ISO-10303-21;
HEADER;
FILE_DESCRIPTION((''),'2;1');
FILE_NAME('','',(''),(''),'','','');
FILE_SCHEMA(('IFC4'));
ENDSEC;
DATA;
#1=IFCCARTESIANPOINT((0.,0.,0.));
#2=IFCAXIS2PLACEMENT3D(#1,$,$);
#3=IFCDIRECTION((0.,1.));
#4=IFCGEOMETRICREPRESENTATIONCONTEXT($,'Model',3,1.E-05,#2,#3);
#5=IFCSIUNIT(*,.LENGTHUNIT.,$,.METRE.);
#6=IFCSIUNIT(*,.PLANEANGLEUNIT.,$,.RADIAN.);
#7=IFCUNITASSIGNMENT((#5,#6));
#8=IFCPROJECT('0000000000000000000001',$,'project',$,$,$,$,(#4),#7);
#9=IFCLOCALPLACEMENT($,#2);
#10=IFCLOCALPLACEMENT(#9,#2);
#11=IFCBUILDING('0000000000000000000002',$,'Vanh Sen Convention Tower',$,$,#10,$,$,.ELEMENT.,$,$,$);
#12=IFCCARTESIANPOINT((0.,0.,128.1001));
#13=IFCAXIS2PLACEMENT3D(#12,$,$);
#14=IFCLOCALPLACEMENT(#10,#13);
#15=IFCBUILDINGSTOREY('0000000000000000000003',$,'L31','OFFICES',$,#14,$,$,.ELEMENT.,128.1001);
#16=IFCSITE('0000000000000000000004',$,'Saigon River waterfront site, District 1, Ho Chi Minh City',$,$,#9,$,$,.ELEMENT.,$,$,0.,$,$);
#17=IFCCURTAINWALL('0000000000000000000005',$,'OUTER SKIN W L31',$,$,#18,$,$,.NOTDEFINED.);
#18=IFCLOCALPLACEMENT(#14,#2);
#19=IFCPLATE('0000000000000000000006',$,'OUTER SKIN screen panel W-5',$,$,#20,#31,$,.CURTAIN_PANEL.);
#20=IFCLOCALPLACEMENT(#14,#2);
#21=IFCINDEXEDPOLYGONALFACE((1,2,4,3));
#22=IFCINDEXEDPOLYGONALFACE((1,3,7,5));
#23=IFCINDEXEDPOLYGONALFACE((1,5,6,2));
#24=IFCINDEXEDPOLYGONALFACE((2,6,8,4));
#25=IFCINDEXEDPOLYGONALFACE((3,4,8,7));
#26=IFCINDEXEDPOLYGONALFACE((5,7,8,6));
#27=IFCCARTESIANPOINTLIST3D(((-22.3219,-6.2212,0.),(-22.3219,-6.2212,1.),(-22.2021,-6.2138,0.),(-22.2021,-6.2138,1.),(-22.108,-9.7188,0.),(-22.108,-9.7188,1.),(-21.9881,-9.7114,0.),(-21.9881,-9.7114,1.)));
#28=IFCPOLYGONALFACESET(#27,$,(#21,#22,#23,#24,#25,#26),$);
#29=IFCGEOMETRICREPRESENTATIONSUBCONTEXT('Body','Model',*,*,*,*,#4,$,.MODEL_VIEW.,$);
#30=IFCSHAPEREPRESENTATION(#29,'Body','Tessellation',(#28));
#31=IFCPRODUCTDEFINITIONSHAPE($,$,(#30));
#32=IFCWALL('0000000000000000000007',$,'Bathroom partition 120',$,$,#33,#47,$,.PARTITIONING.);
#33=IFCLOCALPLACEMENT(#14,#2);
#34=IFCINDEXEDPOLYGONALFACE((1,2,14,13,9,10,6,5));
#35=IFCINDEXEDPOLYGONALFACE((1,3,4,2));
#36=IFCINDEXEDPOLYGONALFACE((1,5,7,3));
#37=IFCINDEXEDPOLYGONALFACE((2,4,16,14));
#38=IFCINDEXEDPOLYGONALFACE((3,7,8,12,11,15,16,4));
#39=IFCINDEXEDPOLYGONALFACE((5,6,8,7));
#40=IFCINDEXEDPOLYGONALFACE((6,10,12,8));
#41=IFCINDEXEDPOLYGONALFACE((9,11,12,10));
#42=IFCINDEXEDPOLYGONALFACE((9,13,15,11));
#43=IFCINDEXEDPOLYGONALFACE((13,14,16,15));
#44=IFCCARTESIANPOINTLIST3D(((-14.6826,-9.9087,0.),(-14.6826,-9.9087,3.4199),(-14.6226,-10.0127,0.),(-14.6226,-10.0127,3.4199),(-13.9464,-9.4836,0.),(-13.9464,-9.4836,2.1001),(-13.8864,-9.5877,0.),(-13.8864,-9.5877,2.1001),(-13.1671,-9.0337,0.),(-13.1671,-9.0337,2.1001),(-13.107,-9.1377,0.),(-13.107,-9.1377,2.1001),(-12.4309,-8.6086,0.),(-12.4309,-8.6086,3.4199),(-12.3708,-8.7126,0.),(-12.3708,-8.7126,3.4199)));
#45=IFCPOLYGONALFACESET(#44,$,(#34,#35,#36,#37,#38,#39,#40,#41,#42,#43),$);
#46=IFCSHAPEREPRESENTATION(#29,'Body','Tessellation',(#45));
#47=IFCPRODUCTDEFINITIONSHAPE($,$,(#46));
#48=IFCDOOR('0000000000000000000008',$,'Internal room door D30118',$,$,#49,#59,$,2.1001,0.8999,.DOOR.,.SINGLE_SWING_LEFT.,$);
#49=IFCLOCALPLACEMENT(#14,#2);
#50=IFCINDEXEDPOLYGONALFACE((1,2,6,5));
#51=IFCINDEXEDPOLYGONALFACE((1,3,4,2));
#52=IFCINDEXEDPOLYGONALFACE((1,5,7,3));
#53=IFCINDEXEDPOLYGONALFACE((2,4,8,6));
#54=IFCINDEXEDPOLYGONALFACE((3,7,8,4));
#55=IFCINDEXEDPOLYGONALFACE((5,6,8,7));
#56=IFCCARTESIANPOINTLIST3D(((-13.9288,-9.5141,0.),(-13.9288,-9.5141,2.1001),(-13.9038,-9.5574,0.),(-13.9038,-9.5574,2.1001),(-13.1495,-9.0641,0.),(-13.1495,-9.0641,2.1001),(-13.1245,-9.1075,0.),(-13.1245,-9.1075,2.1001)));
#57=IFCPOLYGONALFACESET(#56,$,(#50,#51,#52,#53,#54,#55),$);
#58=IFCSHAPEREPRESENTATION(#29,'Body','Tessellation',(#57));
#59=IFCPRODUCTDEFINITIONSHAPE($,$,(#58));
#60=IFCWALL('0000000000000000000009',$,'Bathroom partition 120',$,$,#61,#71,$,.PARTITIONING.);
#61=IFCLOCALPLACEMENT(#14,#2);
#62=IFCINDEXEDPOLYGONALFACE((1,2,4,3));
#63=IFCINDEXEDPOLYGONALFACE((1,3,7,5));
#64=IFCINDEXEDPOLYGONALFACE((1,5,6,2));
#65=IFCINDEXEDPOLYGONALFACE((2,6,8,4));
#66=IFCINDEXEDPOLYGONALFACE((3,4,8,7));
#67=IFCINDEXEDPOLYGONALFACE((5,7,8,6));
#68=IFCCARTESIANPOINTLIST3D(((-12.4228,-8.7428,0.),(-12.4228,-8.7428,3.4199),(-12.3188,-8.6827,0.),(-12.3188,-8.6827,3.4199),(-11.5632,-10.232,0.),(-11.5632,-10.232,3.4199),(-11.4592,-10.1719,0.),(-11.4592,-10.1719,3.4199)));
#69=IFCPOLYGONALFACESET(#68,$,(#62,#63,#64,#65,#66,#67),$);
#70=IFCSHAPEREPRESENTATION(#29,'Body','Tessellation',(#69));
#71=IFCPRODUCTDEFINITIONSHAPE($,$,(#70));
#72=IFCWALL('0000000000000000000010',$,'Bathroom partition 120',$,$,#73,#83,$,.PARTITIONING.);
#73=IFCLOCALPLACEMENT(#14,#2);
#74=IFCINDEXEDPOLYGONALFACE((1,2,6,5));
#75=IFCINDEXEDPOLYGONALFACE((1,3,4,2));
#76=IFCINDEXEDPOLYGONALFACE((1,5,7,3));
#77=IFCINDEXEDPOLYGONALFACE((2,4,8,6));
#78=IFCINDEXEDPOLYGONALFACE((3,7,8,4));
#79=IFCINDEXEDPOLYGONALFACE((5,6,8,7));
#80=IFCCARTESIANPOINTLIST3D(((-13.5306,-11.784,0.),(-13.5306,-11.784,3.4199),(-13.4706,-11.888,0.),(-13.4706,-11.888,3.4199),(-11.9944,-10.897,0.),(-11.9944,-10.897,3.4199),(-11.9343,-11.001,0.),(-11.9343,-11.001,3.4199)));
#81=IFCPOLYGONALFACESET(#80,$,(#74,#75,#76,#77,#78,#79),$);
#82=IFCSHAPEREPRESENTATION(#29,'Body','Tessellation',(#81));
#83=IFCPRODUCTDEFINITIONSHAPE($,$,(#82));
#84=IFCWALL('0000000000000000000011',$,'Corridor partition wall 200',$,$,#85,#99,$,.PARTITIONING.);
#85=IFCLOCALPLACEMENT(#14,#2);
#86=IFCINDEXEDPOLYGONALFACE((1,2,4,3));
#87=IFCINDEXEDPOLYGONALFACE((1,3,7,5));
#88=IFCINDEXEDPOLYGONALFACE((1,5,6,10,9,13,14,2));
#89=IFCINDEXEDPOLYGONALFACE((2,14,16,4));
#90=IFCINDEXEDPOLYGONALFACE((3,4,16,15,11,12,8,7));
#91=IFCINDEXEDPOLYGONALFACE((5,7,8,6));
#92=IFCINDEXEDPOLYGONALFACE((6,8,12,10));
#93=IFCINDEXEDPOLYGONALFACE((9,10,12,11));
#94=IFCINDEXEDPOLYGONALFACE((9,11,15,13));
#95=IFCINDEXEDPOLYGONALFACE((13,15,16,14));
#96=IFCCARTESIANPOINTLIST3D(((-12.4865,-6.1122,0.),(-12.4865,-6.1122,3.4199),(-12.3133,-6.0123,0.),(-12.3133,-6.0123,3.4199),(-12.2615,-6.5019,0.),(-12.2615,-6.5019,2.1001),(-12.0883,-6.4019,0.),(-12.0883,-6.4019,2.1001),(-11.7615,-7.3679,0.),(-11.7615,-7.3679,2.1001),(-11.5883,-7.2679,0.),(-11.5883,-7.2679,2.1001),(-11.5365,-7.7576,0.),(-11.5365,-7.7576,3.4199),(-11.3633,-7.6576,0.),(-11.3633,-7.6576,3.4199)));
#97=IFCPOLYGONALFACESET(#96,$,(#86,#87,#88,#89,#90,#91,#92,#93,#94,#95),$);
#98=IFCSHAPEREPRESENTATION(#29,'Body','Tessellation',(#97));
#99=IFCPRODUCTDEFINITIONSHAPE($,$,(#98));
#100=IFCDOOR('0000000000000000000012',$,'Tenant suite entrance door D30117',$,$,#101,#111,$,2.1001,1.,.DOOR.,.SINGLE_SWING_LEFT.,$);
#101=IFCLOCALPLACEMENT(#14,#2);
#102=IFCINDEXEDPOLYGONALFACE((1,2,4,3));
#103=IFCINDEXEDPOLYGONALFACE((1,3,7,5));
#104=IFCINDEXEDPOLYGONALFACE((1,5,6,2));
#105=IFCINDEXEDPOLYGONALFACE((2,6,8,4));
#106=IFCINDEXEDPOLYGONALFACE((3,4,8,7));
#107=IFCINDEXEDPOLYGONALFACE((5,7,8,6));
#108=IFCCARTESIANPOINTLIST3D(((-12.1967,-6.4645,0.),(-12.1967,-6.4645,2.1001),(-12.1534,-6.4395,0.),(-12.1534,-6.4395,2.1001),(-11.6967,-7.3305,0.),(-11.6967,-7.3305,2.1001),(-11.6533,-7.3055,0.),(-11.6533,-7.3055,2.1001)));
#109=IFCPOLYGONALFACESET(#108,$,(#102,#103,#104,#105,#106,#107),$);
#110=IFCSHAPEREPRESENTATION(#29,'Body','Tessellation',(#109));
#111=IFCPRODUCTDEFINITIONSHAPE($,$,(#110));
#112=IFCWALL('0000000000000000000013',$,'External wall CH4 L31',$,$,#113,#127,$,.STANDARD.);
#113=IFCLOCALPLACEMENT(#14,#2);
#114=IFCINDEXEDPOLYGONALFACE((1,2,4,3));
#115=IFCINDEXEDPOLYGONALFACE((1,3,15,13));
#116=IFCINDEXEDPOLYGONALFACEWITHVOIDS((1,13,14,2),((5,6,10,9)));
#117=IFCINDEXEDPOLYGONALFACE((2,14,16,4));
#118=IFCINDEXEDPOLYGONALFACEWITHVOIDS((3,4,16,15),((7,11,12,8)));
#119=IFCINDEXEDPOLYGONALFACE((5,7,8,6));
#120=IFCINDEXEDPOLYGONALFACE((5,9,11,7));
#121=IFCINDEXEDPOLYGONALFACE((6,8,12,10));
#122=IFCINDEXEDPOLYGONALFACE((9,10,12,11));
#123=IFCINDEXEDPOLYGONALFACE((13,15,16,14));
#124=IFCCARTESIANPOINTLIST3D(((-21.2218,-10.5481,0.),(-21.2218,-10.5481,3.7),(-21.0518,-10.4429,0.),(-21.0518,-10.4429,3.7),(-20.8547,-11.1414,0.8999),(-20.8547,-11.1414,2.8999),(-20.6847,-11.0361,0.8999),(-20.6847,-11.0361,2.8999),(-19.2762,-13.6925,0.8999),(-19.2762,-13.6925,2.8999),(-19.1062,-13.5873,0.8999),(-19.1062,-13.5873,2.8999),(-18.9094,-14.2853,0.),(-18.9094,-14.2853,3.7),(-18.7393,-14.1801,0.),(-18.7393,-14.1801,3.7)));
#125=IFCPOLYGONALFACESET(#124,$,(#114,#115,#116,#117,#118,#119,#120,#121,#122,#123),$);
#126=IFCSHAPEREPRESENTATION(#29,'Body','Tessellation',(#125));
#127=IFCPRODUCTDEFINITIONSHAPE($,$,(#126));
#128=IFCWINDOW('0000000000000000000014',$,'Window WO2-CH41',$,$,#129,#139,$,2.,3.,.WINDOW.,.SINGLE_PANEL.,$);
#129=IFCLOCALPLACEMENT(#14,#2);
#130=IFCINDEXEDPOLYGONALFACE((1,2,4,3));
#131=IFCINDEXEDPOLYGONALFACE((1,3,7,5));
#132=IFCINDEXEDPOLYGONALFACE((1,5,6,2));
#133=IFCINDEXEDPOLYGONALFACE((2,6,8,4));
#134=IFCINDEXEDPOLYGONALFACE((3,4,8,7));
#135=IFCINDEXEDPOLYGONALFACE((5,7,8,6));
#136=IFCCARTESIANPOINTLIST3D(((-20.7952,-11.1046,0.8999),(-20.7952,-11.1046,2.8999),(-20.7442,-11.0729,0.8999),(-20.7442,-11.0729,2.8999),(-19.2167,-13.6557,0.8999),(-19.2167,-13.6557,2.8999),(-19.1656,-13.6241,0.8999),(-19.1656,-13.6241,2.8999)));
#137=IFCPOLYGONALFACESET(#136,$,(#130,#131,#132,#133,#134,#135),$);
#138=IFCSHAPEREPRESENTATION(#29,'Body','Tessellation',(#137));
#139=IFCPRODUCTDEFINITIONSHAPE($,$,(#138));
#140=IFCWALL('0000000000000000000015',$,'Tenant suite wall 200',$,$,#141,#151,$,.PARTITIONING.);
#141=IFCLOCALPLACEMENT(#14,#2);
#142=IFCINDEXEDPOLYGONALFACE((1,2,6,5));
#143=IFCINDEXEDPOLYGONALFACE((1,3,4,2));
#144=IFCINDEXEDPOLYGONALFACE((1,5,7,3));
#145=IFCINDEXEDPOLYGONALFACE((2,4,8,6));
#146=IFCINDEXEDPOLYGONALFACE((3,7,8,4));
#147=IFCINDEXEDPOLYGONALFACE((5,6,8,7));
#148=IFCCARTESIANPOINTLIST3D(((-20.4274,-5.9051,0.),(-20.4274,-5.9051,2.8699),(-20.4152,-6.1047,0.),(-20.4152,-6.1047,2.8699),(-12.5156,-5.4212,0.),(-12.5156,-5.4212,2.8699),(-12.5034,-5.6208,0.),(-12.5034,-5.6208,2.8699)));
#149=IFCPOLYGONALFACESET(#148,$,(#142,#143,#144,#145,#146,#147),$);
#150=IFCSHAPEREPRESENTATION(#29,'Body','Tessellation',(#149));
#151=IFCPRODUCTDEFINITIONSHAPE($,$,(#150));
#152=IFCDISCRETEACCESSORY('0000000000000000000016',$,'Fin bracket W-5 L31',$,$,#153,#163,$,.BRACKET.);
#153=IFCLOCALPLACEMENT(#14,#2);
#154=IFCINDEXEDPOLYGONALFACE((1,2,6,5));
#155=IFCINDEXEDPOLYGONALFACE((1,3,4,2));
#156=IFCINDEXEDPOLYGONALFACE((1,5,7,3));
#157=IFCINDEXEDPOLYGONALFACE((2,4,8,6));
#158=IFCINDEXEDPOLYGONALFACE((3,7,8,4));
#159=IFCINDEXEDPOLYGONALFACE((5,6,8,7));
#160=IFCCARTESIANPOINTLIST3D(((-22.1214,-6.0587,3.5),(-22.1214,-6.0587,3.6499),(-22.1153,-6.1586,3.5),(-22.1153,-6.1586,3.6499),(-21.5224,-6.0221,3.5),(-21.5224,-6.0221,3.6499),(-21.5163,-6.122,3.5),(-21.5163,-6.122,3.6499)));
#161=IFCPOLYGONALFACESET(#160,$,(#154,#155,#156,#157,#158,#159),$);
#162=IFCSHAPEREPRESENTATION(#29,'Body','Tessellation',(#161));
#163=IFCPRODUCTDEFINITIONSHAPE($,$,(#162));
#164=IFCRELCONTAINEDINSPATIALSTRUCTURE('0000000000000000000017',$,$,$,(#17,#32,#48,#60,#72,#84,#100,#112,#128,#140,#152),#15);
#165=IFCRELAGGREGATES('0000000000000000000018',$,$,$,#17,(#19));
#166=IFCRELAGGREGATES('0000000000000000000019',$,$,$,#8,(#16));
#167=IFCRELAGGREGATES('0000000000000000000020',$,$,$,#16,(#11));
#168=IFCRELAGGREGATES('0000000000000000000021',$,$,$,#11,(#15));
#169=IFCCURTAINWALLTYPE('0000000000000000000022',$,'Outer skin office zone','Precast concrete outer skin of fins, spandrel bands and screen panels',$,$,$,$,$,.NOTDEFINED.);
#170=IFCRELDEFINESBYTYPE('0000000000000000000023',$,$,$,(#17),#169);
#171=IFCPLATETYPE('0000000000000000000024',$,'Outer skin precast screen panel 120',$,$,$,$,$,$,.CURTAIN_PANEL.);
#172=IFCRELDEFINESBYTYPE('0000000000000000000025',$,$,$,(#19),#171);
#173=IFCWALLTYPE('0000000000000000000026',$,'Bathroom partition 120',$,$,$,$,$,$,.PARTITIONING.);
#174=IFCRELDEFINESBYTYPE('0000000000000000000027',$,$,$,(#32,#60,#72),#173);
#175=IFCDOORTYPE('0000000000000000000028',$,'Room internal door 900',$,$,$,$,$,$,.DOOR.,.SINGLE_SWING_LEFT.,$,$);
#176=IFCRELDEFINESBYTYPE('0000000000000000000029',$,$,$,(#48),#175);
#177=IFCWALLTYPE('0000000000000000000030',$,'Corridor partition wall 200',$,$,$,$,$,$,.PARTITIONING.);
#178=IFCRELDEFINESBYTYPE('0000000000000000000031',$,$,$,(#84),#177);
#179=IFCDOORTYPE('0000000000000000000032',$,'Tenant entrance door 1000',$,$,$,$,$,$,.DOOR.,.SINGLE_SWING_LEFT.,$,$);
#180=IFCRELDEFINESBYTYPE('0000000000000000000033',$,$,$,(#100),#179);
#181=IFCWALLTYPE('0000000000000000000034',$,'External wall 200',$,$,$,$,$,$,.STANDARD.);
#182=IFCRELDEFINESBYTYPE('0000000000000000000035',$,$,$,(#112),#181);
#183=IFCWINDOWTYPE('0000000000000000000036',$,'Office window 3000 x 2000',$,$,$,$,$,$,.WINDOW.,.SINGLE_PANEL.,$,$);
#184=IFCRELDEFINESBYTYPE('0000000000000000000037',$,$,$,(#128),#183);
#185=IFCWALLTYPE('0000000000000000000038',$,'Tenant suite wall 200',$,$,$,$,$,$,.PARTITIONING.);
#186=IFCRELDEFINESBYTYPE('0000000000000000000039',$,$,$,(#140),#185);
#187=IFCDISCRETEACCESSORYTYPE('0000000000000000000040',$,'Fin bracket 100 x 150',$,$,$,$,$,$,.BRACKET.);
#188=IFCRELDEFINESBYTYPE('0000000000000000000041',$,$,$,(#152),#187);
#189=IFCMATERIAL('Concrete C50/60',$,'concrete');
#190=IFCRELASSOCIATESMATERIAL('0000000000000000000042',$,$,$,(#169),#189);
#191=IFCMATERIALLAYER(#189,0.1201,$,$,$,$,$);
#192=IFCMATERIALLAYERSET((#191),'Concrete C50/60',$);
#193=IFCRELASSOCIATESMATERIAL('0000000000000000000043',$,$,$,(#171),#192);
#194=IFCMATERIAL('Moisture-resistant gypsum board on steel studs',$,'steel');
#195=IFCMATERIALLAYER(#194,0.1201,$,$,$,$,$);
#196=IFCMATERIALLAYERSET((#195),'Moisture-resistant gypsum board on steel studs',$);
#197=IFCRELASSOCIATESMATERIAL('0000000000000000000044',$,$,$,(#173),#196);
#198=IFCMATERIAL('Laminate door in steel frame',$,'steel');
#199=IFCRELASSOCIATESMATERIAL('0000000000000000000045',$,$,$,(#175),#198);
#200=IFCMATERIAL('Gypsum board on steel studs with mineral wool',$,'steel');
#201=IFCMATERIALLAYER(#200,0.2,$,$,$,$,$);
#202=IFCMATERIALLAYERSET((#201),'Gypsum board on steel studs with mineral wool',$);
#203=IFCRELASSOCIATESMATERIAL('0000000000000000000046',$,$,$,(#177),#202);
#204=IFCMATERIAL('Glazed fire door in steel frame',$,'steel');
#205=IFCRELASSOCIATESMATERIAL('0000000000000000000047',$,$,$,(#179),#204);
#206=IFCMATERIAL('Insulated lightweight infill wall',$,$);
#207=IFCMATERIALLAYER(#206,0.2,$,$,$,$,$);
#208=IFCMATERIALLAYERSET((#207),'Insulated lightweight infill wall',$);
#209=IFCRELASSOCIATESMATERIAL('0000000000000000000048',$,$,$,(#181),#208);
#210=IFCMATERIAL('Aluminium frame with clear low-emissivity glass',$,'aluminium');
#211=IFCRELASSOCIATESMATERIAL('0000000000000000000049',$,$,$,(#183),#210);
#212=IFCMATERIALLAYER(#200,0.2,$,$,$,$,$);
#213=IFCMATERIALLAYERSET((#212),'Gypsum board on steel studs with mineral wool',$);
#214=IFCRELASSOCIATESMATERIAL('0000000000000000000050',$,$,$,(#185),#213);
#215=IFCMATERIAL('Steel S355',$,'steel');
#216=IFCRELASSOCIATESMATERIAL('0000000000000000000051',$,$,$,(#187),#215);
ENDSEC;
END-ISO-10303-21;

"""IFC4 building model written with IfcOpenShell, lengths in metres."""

from ifc_helpers import new_model, si_unit, direction, frame, frame_2d, origin, origin_2d, place, context, subcontext, project, spatial, rectangle, extrude, material, layer, layer_set, type_object, element, fill, aggregate, save


model = new_model("IFC4")

# Units and contexts
model_context = context("Model", 3, precision=1e-05, world=origin(), true_north=direction((0.0, 1.0)))
body_context = subcontext(model_context, "Body", "Model", "MODEL_VIEW")
ifc_project = project(units=[si_unit("LENGTHUNIT", "METRE"), si_unit("PLANEANGLEUNIT", "RADIAN")], contexts=[model_context])

# Site, building, storey
site_placement = place(None, origin())
site = spatial("IfcSite", under=ifc_project, at=site_placement, Name="Saigon River waterfront site, District 1, Ho Chi Minh City", CompositionType="ELEMENT", RefElevation=0.0)
building_placement = place(site_placement, origin())
building = spatial("IfcBuilding", under=site, at=building_placement, Name="Vanh Sen Convention Tower", CompositionType="ELEMENT")
storey_placement = place(building_placement, frame((0.0, 0.0, 128.1001)))
storey = spatial("IfcBuildingStorey", under=building, at=storey_placement, Name="L31", Description="OFFICES", CompositionType="ELEMENT", Elevation=128.1001)

# Curtain wall
ifc_material_1 = material(Name="Concrete C50/60", Category="concrete")
curtain_wall_type = type_object("IfcCurtainWallType", Name="Outer skin office zone", Description="Precast concrete outer skin of fins, spandrel bands and screen panels", PredefinedType="NOTDEFINED", material=ifc_material_1)
curtain_wall_1_placement = place(storey_placement, origin())
curtain_wall_1 = element("IfcCurtainWall", 1, at=curtain_wall_1_placement, inside=storey, type_object=curtain_wall_type, Name="OUTER SKIN W L31", PredefinedType="NOTDEFINED")

# Plate
ifc_layer_1 = layer(ifc_material_1, 0.1201)
ifc_layer_set_1 = layer_set([ifc_layer_1], Name="Concrete C50/60")
plate_type = type_object("IfcPlateType", Name="Outer skin precast screen panel 120", PredefinedType="CURTAIN_PANEL", material=ifc_layer_set_1)
plate_1_placement = place(storey_placement, frame((-22.155, -7.9663, 0.0), z_axis=(0.0, 0.0, 1.0), x_axis=(0.061054, -0.998134, 0.0)))
plate_1 = element("IfcPlate", 2, at=plate_1_placement, type_object=plate_type, Name="OUTER SKIN screen panel W-5", PredefinedType="CURTAIN_PANEL", context=body_context, shape_type="SweptSolid", body=[
    extrude(rectangle(XDim=3.5042, YDim=0.1201, at=origin_2d()), origin(), (0.0, 0.0, 1.0), 1.0),
])
aggregate(curtain_wall_1, [plate_1])

# Wall, opening, door
ifc_material_2 = material(Name="Moisture-resistant gypsum board on steel studs", Category="steel")
ifc_layer_2 = layer(ifc_material_2, 0.1201)
ifc_layer_set_2 = layer_set([ifc_layer_2], Name="Moisture-resistant gypsum board on steel studs")
wall_type_1 = type_object("IfcWallType", Name="Bathroom partition 120", PredefinedType="PARTITIONING", material=ifc_layer_set_2)
wall_1_placement = place(storey_placement, frame((-14.6526, -9.9607, 0.0), z_axis=(0.0, 0.0, 1.0), x_axis=(0.866021, 0.500007, 0.0)))
wall_1 = element("IfcWall", 3, at=wall_1_placement, inside=storey, type_object=wall_type_1, Name="Bathroom partition 120", PredefinedType="PARTITIONING", context=body_context, shape_type="SweptSolid", body=[
    extrude(rectangle(XDim=2.6001, YDim=0.1201, at=frame_2d((1.3, 0.0))), origin(), (0.0, 0.0, 1.0), 3.4199),
])
opening_1_placement = place(wall_1_placement, frame((0.8501, 0.0, 0.0)))
opening_1 = element("IfcOpeningElement", 4, at=opening_1_placement, cuts=wall_1, PredefinedType="OPENING", context=body_context, shape_type="SweptSolid", body=[
    extrude(rectangle(XDim=0.8999, YDim=2.1001, at=frame_2d((0.45, 1.05))), frame((0.0, 0.0701, 0.0), z_axis=(0.0, -1.0, 0.0), x_axis=(1.0, 0.0, 0.0)), (0.0, 0.0, 1.0), 0.1401),
])
ifc_material_3 = material(Name="Laminate door in steel frame", Category="steel")
door_type_1 = type_object("IfcDoorType", Name="Room internal door 900", OperationType="SINGLE_SWING_LEFT", PredefinedType="DOOR", material=ifc_material_3)
door_1_placement = place(opening_1_placement, origin())
door_1 = element("IfcDoor", 5, at=door_1_placement, inside=storey, type_object=door_type_1, Name="Internal room door D30118", OperationType="SINGLE_SWING_LEFT", OverallHeight=2.1001, OverallWidth=0.8999, PredefinedType="DOOR", context=body_context, shape_type="SweptSolid", body=[
    extrude(rectangle(XDim=0.8999, YDim=2.1001, at=frame_2d((0.45, 1.05))), frame((0.0, 0.0249, 0.0), z_axis=(0.0, -1.0, 0.0), x_axis=(1.0, 0.0, 0.0)), (0.0, 0.0, 1.0), 0.05),
])
fill(opening_1, door_1)

# Walls
wall_2_placement = place(storey_placement, frame((-12.3708, -8.7126, 0.0), z_axis=(0.0, 0.0, 1.0), x_axis=(0.499911, -0.866077, 0.0)))
element("IfcWall", 6, at=wall_2_placement, inside=storey, type_object=wall_type_1, Name="Bathroom partition 120", PredefinedType="PARTITIONING", context=body_context, shape_type="SweptSolid", body=[
    extrude(rectangle(XDim=1.7195, YDim=0.1201, at=frame_2d((0.8599, 0.0))), origin(), (0.0, 0.0, 1.0), 3.4199),
])
wall_3_placement = place(storey_placement, frame((-11.9644, -10.949, 0.0), z_axis=(0.0, 0.0, 1.0), x_axis=(-0.866007, -0.500032, 0.0)))
element("IfcWall", 7, at=wall_3_placement, inside=storey, type_object=wall_type_1, Name="Bathroom partition 120", PredefinedType="PARTITIONING", context=body_context, shape_type="SweptSolid", body=[
    extrude(rectangle(XDim=1.7739, YDim=0.1201, at=frame_2d((0.887, 0.0))), origin(), (0.0, 0.0, 1.0), 3.4199),
])

# Wall, opening, door
ifc_material_4 = material(Name="Gypsum board on steel studs with mineral wool", Category="steel")
ifc_layer_3 = layer(ifc_material_4, 0.2)
ifc_layer_set_3 = layer_set([ifc_layer_3], Name="Gypsum board on steel studs with mineral wool")
wall_type_2 = type_object("IfcWallType", Name="Corridor partition wall 200", PredefinedType="PARTITIONING", material=ifc_layer_set_3)
wall_4_placement = place(storey_placement, frame((-12.3999, -6.0623, 0.0), z_axis=(0.0, 0.0, 1.0), x_axis=(0.500023, -0.866012, 0.0)))
wall_4 = element("IfcWall", 8, at=wall_4_placement, inside=storey, type_object=wall_type_2, Name="Corridor partition wall 200", PredefinedType="PARTITIONING", context=body_context, shape_type="SweptSolid", body=[
    extrude(rectangle(XDim=1.8999, YDim=0.2, at=frame_2d((0.95, 0.0))), origin(), (0.0, 0.0, 1.0), 3.4199),
])
opening_2_placement = place(wall_4_placement, frame((0.45, 0.0, 0.0)))
opening_2 = element("IfcOpeningElement", 9, at=opening_2_placement, cuts=wall_4, PredefinedType="OPENING", context=body_context, shape_type="SweptSolid", body=[
    extrude(rectangle(XDim=1.0, YDim=2.1001, at=frame_2d((0.5, 1.05))), frame((0.0, 0.1099, 0.0), z_axis=(0.0, -1.0, 0.0), x_axis=(1.0, 0.0, 0.0)), (0.0, 0.0, 1.0), 0.22),
])
ifc_material_5 = material(Name="Glazed fire door in steel frame", Category="steel")
door_type_2 = type_object("IfcDoorType", Name="Tenant entrance door 1000", OperationType="SINGLE_SWING_LEFT", PredefinedType="DOOR", material=ifc_material_5)
door_2_placement = place(opening_2_placement, origin())
door_2 = element("IfcDoor", 10, at=door_2_placement, inside=storey, type_object=door_type_2, Name="Tenant suite entrance door D30117", OperationType="SINGLE_SWING_LEFT", OverallHeight=2.1001, OverallWidth=1.0, PredefinedType="DOOR", context=body_context, shape_type="SweptSolid", body=[
    extrude(rectangle(XDim=1.0, YDim=2.1001, at=frame_2d((0.5, 1.05))), frame((0.0, 0.0249, 0.0), z_axis=(0.0, -1.0, 0.0), x_axis=(1.0, 0.0, 0.0)), (0.0, 0.0, 1.0), 0.05),
])
fill(opening_2, door_2)

# Wall, opening, window
ifc_material_6 = material(Name="Insulated lightweight infill wall")
ifc_layer_4 = layer(ifc_material_6, 0.2)
ifc_layer_set_4 = layer_set([ifc_layer_4], Name="Insulated lightweight infill wall")
wall_type_3 = type_object("IfcWallType", Name="External wall 200", PredefinedType="STANDARD", material=ifc_layer_set_4)
wall_5_placement = place(storey_placement, frame((-21.1367, -10.4956, 0.0), z_axis=(0.0, 0.0, 1.0), x_axis=(0.526179, -0.850374, 0.0)))
wall_5 = element("IfcWall", 11, at=wall_5_placement, inside=storey, type_object=wall_type_3, Name="External wall CH4 L31", PredefinedType="STANDARD", context=body_context, shape_type="SweptSolid", body=[
    extrude(rectangle(XDim=4.3948, YDim=0.2, at=frame_2d((2.1973, 0.0))), origin(), (0.0, 0.0, 1.0), 3.7),
])
opening_3_placement = place(wall_5_placement, frame((0.6975, 0.0, 0.8999)))
opening_3 = element("IfcOpeningElement", 12, at=opening_3_placement, cuts=wall_5, PredefinedType="OPENING", context=body_context, shape_type="SweptSolid", body=[
    extrude(rectangle(XDim=3.0, YDim=2.0, at=frame_2d((1.5, 1.0))), frame((0.0, 0.1099, 0.0), z_axis=(0.0, -1.0, 0.0), x_axis=(1.0, 0.0, 0.0)), (0.0, 0.0, 1.0), 0.22),
])
ifc_material_7 = material(Name="Aluminium frame with clear low-emissivity glass", Category="aluminium")
window_type = type_object("IfcWindowType", Name="Office window 3000 x 2000", PartitioningType="SINGLE_PANEL", PredefinedType="WINDOW", material=ifc_material_7)
window_placement = place(opening_3_placement, origin())
window = element("IfcWindow", 13, at=window_placement, inside=storey, type_object=window_type, Name="Window WO2-CH41", OverallHeight=2.0, OverallWidth=3.0, PartitioningType="SINGLE_PANEL", PredefinedType="WINDOW", context=body_context, shape_type="SweptSolid", body=[
    extrude(rectangle(XDim=3.0, YDim=2.0, at=frame_2d((1.5, 1.0))), frame((0.0, 0.03, 0.0), z_axis=(0.0, -1.0, 0.0), x_axis=(1.0, 0.0, 0.0)), (0.0, 0.0, 1.0), 0.0601),
])
fill(opening_3, window)

# Wall
ifc_layer_5 = layer(ifc_material_4, 0.2)
ifc_layer_set_5 = layer_set([ifc_layer_5], Name="Gypsum board on steel studs with mineral wool")
wall_type_4 = type_object("IfcWallType", Name="Tenant suite wall 200", PredefinedType="PARTITIONING", material=ifc_layer_set_5)
wall_6_placement = place(storey_placement, frame((-20.4214, -6.0049, 0.0), z_axis=(0.0, 0.0, 1.0), x_axis=(0.998135, 0.061047, 0.0)))
element("IfcWall", 14, at=wall_6_placement, inside=storey, type_object=wall_type_4, Name="Tenant suite wall 200", PredefinedType="PARTITIONING", context=body_context, shape_type="SweptSolid", body=[
    extrude(rectangle(XDim=7.9265, YDim=0.2, at=frame_2d((3.9634, 0.0))), origin(), (0.0, 0.0, 1.0), 2.8699),
])

# Discrete accessory
ifc_material_8 = material(Name="Steel S355", Category="steel")
discrete_accessory_type = type_object("IfcDiscreteAccessoryType", Name="Fin bracket 100 x 150", PredefinedType="BRACKET", material=ifc_material_8)
discrete_accessory_placement = place(storey_placement, frame((-21.8188, -6.0903, 3.5), z_axis=(0.0, 0.0, 1.0), x_axis=(-0.998135, -0.061049, 0.0)))
element("IfcDiscreteAccessory", 15, at=discrete_accessory_placement, inside=storey, type_object=discrete_accessory_type, Name="Fin bracket W-5 L31", PredefinedType="BRACKET", context=body_context, shape_type="SweptSolid", body=[
    extrude(rectangle(XDim=0.6001, YDim=0.1001, at=origin_2d()), origin(), (0.0, 0.0, 1.0), 0.1499),
])

save(model, "model.ifc")
